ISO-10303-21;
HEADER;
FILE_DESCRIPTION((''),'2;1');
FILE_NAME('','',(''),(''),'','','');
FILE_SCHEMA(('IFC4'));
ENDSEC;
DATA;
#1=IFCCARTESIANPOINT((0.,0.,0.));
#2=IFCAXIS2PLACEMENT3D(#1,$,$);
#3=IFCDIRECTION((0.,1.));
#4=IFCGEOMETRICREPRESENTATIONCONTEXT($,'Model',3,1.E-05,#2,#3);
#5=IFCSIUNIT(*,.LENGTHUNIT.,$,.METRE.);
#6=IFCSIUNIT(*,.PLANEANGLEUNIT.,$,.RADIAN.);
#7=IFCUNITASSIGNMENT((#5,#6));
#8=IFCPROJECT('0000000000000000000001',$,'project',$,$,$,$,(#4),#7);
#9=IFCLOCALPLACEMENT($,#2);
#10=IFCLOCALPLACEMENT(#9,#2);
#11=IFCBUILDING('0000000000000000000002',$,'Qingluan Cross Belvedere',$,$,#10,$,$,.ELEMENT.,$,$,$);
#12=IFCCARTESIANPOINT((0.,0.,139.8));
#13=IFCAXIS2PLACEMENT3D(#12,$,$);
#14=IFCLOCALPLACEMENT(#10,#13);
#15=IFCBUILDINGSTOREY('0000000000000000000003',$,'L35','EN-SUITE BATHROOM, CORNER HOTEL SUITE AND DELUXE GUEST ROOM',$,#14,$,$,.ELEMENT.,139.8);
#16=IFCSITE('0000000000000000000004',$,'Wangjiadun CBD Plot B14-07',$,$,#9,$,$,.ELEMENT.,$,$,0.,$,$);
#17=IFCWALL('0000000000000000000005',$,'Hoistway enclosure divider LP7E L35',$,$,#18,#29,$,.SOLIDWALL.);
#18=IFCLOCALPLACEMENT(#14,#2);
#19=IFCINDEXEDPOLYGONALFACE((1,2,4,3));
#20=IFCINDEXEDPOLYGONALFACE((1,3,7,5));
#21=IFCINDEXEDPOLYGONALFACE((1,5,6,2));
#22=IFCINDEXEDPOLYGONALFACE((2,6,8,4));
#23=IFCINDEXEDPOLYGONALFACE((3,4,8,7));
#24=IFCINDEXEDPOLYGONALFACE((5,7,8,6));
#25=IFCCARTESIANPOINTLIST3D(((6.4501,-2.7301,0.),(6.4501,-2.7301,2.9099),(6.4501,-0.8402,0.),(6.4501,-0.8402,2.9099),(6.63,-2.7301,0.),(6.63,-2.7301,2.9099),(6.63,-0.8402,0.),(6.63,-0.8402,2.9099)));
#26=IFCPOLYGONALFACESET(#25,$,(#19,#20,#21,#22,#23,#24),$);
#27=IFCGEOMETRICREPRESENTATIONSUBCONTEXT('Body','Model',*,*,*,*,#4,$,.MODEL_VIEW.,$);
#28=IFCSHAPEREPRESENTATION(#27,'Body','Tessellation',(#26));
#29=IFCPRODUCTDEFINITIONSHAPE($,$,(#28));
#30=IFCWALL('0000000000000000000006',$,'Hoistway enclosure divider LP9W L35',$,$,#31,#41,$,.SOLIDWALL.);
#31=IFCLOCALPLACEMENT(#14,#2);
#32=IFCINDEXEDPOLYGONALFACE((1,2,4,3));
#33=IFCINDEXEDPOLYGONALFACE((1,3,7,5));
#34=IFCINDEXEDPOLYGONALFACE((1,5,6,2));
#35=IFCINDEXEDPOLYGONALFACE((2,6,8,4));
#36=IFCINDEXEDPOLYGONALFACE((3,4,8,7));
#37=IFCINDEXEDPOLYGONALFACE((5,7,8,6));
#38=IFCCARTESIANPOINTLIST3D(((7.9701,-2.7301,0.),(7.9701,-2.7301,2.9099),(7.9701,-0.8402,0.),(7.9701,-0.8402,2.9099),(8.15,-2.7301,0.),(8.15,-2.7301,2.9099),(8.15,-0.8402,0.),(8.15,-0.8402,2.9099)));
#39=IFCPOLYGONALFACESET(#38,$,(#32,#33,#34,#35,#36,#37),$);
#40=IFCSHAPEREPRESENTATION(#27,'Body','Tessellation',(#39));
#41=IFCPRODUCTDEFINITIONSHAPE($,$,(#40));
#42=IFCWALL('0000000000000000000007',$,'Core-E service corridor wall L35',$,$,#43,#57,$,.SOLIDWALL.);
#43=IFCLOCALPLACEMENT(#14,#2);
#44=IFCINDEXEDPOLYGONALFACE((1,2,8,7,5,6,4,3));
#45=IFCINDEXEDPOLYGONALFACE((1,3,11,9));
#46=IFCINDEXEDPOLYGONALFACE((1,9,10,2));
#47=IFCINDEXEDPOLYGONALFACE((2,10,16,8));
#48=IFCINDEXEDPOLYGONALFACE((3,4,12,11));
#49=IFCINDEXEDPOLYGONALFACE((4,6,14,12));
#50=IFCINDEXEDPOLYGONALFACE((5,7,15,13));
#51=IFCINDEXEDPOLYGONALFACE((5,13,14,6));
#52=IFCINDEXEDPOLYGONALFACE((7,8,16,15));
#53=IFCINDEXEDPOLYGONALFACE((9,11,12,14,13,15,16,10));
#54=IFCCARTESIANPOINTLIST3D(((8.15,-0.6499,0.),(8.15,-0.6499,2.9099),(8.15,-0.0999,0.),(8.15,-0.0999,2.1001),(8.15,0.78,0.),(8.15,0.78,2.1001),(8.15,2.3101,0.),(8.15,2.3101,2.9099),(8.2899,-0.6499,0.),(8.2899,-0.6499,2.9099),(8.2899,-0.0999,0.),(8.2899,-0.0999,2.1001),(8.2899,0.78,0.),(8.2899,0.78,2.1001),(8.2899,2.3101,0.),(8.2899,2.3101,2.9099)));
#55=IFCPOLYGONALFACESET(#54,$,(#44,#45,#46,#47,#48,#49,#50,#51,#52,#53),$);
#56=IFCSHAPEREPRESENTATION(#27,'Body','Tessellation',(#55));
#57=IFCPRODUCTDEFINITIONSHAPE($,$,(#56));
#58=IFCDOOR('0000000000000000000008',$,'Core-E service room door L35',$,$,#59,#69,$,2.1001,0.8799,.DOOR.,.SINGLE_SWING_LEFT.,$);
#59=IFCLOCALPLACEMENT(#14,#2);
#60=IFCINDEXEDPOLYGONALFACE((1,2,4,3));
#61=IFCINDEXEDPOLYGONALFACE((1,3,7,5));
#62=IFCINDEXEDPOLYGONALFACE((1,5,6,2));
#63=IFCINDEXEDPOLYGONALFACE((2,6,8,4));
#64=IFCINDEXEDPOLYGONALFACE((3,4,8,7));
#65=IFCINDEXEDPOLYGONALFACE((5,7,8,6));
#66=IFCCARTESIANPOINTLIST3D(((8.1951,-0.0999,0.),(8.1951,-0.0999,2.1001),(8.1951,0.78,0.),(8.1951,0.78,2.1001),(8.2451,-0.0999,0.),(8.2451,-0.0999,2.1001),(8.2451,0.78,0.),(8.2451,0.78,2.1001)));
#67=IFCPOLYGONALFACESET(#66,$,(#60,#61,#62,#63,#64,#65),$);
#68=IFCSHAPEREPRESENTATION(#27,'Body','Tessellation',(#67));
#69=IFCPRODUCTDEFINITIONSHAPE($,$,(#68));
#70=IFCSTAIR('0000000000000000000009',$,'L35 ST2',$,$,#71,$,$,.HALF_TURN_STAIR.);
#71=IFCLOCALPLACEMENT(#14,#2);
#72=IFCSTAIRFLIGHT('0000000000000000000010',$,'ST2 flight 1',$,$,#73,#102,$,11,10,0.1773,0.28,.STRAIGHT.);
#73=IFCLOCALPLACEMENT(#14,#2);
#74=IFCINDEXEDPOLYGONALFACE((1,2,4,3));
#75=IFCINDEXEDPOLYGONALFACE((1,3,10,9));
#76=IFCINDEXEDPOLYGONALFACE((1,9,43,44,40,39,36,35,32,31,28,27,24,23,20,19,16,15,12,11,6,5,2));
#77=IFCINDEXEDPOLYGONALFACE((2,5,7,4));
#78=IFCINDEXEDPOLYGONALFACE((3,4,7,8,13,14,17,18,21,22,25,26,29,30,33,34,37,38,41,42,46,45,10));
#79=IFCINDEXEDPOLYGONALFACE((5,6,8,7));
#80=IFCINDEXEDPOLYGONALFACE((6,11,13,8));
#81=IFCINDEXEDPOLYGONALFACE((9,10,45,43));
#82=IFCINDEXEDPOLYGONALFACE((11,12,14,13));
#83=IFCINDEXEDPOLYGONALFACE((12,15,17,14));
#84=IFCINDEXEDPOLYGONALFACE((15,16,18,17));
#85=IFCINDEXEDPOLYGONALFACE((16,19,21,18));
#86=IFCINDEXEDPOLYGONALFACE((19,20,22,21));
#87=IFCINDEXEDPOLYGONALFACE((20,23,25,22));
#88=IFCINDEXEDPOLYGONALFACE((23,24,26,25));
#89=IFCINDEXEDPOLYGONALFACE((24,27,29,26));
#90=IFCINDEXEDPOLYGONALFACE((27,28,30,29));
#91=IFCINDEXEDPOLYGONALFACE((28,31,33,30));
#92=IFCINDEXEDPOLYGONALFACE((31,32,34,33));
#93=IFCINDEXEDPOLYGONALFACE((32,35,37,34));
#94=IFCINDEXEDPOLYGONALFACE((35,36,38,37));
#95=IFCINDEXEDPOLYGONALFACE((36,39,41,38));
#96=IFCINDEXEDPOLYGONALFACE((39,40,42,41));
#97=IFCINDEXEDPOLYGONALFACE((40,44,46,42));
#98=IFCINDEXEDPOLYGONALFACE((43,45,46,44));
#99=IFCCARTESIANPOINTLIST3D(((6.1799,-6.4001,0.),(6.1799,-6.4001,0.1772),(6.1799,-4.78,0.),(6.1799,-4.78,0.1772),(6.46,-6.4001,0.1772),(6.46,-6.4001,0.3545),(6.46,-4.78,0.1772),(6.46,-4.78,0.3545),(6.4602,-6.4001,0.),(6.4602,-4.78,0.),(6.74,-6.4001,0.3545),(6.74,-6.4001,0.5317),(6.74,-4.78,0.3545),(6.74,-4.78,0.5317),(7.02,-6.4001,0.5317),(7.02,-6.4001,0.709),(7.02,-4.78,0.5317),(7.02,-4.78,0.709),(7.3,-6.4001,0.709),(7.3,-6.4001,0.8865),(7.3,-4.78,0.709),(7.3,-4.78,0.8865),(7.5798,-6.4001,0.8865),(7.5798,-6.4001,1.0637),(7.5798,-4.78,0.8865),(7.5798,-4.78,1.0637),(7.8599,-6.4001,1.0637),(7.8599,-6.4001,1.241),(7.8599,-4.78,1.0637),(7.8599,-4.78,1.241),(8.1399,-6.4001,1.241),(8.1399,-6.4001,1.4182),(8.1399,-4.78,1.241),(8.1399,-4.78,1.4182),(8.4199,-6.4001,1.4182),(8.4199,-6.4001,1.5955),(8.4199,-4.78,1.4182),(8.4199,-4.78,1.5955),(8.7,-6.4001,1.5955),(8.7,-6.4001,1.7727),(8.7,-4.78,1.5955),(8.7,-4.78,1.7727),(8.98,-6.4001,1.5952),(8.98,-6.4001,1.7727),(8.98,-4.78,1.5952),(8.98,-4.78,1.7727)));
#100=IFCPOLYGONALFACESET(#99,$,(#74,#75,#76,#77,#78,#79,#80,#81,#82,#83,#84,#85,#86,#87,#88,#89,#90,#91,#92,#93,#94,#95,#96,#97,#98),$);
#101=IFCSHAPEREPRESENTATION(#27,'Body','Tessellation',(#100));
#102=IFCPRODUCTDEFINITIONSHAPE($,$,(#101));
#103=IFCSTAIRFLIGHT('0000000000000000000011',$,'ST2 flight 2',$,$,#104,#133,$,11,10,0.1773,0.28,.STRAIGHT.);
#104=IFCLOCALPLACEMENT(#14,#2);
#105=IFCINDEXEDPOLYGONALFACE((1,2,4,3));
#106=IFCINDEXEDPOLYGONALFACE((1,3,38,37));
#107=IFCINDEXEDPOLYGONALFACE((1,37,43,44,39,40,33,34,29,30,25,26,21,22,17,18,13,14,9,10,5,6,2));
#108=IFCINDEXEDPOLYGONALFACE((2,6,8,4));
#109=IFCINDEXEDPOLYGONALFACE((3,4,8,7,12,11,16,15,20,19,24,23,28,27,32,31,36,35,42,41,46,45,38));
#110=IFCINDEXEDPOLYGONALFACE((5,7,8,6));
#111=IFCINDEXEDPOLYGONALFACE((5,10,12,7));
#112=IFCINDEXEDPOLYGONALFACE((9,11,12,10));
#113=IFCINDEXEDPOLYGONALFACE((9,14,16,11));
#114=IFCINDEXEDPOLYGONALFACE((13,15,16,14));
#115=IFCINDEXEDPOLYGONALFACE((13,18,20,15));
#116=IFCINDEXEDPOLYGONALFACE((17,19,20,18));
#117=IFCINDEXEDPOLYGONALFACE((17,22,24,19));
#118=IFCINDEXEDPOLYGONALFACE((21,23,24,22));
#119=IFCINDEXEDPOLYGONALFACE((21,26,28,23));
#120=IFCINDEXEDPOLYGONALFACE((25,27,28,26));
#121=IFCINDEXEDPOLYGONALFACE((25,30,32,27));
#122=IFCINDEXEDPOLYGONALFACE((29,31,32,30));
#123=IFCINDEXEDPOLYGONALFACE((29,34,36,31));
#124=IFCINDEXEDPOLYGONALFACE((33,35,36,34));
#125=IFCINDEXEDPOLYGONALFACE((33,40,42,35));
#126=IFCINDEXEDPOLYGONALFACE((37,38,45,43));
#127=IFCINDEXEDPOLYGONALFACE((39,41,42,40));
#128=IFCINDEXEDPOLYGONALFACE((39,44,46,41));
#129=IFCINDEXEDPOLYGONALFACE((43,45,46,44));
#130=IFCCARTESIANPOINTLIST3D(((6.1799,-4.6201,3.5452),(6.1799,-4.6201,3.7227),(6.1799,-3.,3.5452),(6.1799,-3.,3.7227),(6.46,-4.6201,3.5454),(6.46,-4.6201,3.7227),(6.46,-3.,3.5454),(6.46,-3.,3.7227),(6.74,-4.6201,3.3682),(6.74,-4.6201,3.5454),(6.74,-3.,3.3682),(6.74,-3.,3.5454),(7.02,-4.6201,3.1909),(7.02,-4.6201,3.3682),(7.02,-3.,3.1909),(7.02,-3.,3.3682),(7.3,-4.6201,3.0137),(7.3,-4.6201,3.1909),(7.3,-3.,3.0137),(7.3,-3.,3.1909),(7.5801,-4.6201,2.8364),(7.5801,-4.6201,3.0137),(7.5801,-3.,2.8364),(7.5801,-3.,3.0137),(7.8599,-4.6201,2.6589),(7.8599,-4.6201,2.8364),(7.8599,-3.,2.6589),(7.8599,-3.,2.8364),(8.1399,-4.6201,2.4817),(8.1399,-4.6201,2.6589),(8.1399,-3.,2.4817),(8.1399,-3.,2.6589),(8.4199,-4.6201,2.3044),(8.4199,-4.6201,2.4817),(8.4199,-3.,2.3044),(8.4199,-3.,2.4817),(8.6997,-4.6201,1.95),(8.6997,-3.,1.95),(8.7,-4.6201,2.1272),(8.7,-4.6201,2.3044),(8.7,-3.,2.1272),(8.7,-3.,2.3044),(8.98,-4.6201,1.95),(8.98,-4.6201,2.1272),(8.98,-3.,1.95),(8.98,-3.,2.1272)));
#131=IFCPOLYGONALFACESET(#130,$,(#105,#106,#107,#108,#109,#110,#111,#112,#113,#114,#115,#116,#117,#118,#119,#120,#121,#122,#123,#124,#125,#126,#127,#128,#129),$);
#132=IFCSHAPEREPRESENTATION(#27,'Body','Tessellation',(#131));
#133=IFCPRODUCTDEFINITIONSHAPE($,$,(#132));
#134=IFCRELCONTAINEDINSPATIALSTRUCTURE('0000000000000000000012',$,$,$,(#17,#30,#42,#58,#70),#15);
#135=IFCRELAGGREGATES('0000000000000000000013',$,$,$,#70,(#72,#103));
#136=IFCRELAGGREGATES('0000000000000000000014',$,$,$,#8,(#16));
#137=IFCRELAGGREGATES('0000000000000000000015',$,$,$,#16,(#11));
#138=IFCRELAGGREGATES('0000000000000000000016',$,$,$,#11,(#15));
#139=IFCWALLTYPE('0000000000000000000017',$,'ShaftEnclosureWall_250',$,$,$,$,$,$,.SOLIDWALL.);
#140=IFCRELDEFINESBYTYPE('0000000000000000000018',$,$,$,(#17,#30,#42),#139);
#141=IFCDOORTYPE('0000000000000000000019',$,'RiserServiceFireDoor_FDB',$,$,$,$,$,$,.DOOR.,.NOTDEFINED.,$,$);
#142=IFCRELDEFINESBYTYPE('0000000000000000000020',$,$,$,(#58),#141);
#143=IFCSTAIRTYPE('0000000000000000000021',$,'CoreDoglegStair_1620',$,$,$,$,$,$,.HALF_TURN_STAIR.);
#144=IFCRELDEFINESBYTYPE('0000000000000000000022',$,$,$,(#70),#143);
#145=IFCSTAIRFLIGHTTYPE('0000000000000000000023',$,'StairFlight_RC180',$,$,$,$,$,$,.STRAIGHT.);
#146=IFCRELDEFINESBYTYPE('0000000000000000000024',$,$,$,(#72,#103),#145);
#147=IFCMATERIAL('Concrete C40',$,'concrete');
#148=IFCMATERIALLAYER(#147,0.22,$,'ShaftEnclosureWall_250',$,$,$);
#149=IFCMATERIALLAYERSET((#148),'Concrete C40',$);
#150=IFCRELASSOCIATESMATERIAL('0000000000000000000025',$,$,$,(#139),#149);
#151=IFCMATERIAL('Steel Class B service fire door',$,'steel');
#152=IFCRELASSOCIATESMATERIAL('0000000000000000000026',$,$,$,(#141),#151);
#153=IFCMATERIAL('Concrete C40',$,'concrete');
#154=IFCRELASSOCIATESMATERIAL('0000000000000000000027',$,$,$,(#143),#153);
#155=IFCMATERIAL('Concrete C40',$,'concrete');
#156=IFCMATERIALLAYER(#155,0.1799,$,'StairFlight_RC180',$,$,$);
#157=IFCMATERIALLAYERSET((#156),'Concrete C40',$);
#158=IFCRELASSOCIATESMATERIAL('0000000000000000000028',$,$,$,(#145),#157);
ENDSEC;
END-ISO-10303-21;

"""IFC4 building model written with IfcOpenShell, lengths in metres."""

from ifc_helpers import new_model, si_unit, direction, frame, frame_2d, origin, place, context, subcontext, project, spatial, polyline, rectangle, outline, extrude, material, layer, layer_set, type_object, element, fill, aggregate, save


model = new_model("IFC4")

# Units and contexts
model_context = context("Model", 3, precision=1e-05, world=origin(), true_north=direction((0.0, 1.0)))
body_context = subcontext(model_context, "Body", "Model", "MODEL_VIEW")
ifc_project = project(units=[si_unit("LENGTHUNIT", "METRE"), si_unit("PLANEANGLEUNIT", "RADIAN")], contexts=[model_context])

# Site, building, storey
site_placement = place(None, origin())
site = spatial("IfcSite", under=ifc_project, at=site_placement, Name="Wangjiadun CBD Plot B14-07", CompositionType="ELEMENT", RefElevation=0.0)
building_placement = place(site_placement, origin())
building = spatial("IfcBuilding", under=site, at=building_placement, Name="Qingluan Cross Belvedere", CompositionType="ELEMENT")
storey_placement = place(building_placement, frame((0.0, 0.0, 139.8)))
storey = spatial("IfcBuildingStorey", under=building, at=storey_placement, Name="L35", Description="EN-SUITE BATHROOM, CORNER HOTEL SUITE AND DELUXE GUEST ROOM", CompositionType="ELEMENT", Elevation=139.8)

# Shared definitions
ifc_material_1 = material(Name="Concrete C40", Category="concrete")
ifc_layer_1 = layer(ifc_material_1, 0.22, Name="ShaftEnclosureWall_250")
ifc_layer_set_1 = layer_set([ifc_layer_1], Name="Concrete C40")
wall_type_1 = type_object("IfcWallType", Name="ShaftEnclosureWall_250", PredefinedType="SOLIDWALL", material=ifc_layer_set_1)

# Walls
for number, where, z_axis, x_axis, name in (
    (1, (6.54, -2.73, 0.0), (0.0, 0.0, 1.0), (0.0, 1.0, 0.0), "Hoistway enclosure divider LP7E L35"),
    (2, (8.0601, -2.73, 0.0), (0.0, 0.0, 1.0), (0.0, 1.0, 0.0), "Hoistway enclosure divider LP9W L35"),
):
    element("IfcWall", number, at=place(storey_placement, frame(where, z_axis=z_axis, x_axis=x_axis)), inside=storey, type_object=wall_type_1, Name=name, PredefinedType="SOLIDWALL", context=body_context, shape_type="SweptSolid", body=[
        extrude(rectangle(XDim=1.8899, YDim=0.1799, at=frame_2d((0.9448, 0.0))), origin(), (0.0, 0.0, 1.0), 2.9099),
    ])

# Wall, opening, door
wall_1_placement = place(storey_placement, frame((8.22, -0.6499, 0.0), z_axis=(0.0, 0.0, 1.0), x_axis=(0.0, 1.0, 0.0)))
wall_1 = element("IfcWall", 3, at=wall_1_placement, inside=storey, type_object=wall_type_1, Name="Core-E service corridor wall L35", PredefinedType="SOLIDWALL", context=body_context, shape_type="SweptSolid", body=[
    extrude(rectangle(XDim=2.96, YDim=0.1399, at=frame_2d((1.48, 0.0))), origin(), (0.0, 0.0, 1.0), 2.9099),
])
opening_1_placement = place(wall_1_placement, frame((0.55, 0.0, 0.0)))
opening_1 = element("IfcOpeningElement", 4, at=opening_1_placement, cuts=wall_1, PredefinedType="OPENING", context=body_context, shape_type="SweptSolid", body=[
    extrude(rectangle(XDim=0.8799, YDim=2.1001, at=frame_2d((0.4399, 1.05))), frame((0.0, 0.0798, 0.0), z_axis=(0.0, -1.0, 0.0), x_axis=(1.0, 0.0, 0.0)), (0.0, 0.0, 1.0), 0.1599),
])
ifc_material_2 = material(Name="Steel Class B service fire door", Category="steel")
door_type_1 = type_object("IfcDoorType", Name="RiserServiceFireDoor_FDB", OperationType="NOTDEFINED", PredefinedType="DOOR", material=ifc_material_2)
door_1_placement = place(opening_1_placement, origin())
door_1 = element("IfcDoor", 5, at=door_1_placement, inside=storey, type_object=door_type_1, Name="Core-E service room door L35", OperationType="SINGLE_SWING_LEFT", OverallHeight=2.1001, OverallWidth=0.8799, PredefinedType="DOOR", context=body_context, shape_type="SweptSolid", body=[
    extrude(rectangle(XDim=0.8799, YDim=2.1001, at=frame_2d((0.4399, 1.05))), frame((0.0, 0.0249, 0.0), z_axis=(0.0, -1.0, 0.0), x_axis=(1.0, 0.0, 0.0)), (0.0, 0.0, 1.0), 0.05),
])
fill(opening_1, door_1)

# Stair, stair flights
ifc_material_3 = material(Name="Concrete C40", Category="concrete")
stair_type = type_object("IfcStairType", Name="CoreDoglegStair_1620", PredefinedType="HALF_TURN_STAIR", material=ifc_material_3)
stair_placement = place(storey_placement, origin())
stair = element("IfcStair", 6, at=stair_placement, inside=storey, type_object=stair_type, Name="L35 ST2", PredefinedType="HALF_TURN_STAIR")
ifc_material_4 = material(Name="Concrete C40", Category="concrete")
ifc_layer_2 = layer(ifc_material_4, 0.1799, Name="StairFlight_RC180")
ifc_layer_set_2 = layer_set([ifc_layer_2], Name="Concrete C40")
stair_flight_type = type_object("IfcStairFlightType", Name="StairFlight_RC180", PredefinedType="STRAIGHT", material=ifc_layer_set_2)
stair_flight_1_placement = place(storey_placement, frame((6.1799, -5.5901, 0.0), z_axis=(0.0, 0.0, 1.0), x_axis=(1.0, 0.0, 0.0)))
stair_flight_1 = element("IfcStairFlight", 7, at=stair_flight_1_placement, type_object=stair_flight_type, Name="ST2 flight 1", NumberOfRisers=11, NumberOfTreads=10, PredefinedType="STRAIGHT", RiserHeight=0.1773, TreadLength=0.28, context=body_context, shape_type="SweptSolid", body=[
    extrude(outline(polyline([(0.0, 0.0), (0.0, 0.1772), (0.28, 0.1772), (0.28, 0.3545), (0.5601, 0.3545), (0.5601, 0.5317), (0.8401, 0.5317), (0.8401, 0.709), (1.1201, 0.709), (1.1201, 0.8865), (1.3999, 0.8865), (1.3999, 1.0637), (1.6799, 1.0637), (1.6799, 1.241), (1.96, 1.241), (1.96, 1.4182), (2.24, 1.4182), (2.24, 1.5955), (2.52, 1.5955), (2.52, 1.7727), (2.8, 1.7727), (2.8, 1.95), (2.8, 1.5952), (0.2803, 0.0), (0.0, 0.0)])), frame((0.0, 0.8101, 0.0), z_axis=(0.0, -1.0, 0.0), x_axis=(1.0, 0.0, 0.0)), (0.0, 0.0, 1.0), 1.6201),
])
stair_flight_2_placement = place(storey_placement, frame((8.98, -3.8101, 1.95), z_axis=(0.0, 0.0, 1.0), x_axis=(-1.0, 0.0, 0.0)))
stair_flight_2 = element("IfcStairFlight", 8, at=stair_flight_2_placement, type_object=stair_flight_type, Name="ST2 flight 2", NumberOfRisers=11, NumberOfTreads=10, PredefinedType="STRAIGHT", RiserHeight=0.1773, TreadLength=0.28, context=body_context, shape_type="SweptSolid", body=[
    extrude(outline(polyline([(0.0, 0.0), (0.0, 0.1772), (0.28, 0.1772), (0.28, 0.3545), (0.5601, 0.3545), (0.5601, 0.5317), (0.8401, 0.5317), (0.8401, 0.709), (1.1201, 0.709), (1.1201, 0.8865), (1.3999, 0.8865), (1.3999, 1.0637), (1.6799, 1.0637), (1.6799, 1.241), (1.96, 1.241), (1.96, 1.4182), (2.24, 1.4182), (2.24, 1.5955), (2.52, 1.5955), (2.52, 1.7727), (2.8, 1.7727), (2.8, 1.95), (2.8, 1.5952), (0.2803, 0.0), (0.0, 0.0)])), frame((0.0, 0.8101, 0.0), z_axis=(0.0, -1.0, 0.0), x_axis=(1.0, 0.0, 0.0)), (0.0, 0.0, 1.0), 1.6201),
])
aggregate(stair, [stair_flight_1, stair_flight_2])

save(model, "model.ifc")
